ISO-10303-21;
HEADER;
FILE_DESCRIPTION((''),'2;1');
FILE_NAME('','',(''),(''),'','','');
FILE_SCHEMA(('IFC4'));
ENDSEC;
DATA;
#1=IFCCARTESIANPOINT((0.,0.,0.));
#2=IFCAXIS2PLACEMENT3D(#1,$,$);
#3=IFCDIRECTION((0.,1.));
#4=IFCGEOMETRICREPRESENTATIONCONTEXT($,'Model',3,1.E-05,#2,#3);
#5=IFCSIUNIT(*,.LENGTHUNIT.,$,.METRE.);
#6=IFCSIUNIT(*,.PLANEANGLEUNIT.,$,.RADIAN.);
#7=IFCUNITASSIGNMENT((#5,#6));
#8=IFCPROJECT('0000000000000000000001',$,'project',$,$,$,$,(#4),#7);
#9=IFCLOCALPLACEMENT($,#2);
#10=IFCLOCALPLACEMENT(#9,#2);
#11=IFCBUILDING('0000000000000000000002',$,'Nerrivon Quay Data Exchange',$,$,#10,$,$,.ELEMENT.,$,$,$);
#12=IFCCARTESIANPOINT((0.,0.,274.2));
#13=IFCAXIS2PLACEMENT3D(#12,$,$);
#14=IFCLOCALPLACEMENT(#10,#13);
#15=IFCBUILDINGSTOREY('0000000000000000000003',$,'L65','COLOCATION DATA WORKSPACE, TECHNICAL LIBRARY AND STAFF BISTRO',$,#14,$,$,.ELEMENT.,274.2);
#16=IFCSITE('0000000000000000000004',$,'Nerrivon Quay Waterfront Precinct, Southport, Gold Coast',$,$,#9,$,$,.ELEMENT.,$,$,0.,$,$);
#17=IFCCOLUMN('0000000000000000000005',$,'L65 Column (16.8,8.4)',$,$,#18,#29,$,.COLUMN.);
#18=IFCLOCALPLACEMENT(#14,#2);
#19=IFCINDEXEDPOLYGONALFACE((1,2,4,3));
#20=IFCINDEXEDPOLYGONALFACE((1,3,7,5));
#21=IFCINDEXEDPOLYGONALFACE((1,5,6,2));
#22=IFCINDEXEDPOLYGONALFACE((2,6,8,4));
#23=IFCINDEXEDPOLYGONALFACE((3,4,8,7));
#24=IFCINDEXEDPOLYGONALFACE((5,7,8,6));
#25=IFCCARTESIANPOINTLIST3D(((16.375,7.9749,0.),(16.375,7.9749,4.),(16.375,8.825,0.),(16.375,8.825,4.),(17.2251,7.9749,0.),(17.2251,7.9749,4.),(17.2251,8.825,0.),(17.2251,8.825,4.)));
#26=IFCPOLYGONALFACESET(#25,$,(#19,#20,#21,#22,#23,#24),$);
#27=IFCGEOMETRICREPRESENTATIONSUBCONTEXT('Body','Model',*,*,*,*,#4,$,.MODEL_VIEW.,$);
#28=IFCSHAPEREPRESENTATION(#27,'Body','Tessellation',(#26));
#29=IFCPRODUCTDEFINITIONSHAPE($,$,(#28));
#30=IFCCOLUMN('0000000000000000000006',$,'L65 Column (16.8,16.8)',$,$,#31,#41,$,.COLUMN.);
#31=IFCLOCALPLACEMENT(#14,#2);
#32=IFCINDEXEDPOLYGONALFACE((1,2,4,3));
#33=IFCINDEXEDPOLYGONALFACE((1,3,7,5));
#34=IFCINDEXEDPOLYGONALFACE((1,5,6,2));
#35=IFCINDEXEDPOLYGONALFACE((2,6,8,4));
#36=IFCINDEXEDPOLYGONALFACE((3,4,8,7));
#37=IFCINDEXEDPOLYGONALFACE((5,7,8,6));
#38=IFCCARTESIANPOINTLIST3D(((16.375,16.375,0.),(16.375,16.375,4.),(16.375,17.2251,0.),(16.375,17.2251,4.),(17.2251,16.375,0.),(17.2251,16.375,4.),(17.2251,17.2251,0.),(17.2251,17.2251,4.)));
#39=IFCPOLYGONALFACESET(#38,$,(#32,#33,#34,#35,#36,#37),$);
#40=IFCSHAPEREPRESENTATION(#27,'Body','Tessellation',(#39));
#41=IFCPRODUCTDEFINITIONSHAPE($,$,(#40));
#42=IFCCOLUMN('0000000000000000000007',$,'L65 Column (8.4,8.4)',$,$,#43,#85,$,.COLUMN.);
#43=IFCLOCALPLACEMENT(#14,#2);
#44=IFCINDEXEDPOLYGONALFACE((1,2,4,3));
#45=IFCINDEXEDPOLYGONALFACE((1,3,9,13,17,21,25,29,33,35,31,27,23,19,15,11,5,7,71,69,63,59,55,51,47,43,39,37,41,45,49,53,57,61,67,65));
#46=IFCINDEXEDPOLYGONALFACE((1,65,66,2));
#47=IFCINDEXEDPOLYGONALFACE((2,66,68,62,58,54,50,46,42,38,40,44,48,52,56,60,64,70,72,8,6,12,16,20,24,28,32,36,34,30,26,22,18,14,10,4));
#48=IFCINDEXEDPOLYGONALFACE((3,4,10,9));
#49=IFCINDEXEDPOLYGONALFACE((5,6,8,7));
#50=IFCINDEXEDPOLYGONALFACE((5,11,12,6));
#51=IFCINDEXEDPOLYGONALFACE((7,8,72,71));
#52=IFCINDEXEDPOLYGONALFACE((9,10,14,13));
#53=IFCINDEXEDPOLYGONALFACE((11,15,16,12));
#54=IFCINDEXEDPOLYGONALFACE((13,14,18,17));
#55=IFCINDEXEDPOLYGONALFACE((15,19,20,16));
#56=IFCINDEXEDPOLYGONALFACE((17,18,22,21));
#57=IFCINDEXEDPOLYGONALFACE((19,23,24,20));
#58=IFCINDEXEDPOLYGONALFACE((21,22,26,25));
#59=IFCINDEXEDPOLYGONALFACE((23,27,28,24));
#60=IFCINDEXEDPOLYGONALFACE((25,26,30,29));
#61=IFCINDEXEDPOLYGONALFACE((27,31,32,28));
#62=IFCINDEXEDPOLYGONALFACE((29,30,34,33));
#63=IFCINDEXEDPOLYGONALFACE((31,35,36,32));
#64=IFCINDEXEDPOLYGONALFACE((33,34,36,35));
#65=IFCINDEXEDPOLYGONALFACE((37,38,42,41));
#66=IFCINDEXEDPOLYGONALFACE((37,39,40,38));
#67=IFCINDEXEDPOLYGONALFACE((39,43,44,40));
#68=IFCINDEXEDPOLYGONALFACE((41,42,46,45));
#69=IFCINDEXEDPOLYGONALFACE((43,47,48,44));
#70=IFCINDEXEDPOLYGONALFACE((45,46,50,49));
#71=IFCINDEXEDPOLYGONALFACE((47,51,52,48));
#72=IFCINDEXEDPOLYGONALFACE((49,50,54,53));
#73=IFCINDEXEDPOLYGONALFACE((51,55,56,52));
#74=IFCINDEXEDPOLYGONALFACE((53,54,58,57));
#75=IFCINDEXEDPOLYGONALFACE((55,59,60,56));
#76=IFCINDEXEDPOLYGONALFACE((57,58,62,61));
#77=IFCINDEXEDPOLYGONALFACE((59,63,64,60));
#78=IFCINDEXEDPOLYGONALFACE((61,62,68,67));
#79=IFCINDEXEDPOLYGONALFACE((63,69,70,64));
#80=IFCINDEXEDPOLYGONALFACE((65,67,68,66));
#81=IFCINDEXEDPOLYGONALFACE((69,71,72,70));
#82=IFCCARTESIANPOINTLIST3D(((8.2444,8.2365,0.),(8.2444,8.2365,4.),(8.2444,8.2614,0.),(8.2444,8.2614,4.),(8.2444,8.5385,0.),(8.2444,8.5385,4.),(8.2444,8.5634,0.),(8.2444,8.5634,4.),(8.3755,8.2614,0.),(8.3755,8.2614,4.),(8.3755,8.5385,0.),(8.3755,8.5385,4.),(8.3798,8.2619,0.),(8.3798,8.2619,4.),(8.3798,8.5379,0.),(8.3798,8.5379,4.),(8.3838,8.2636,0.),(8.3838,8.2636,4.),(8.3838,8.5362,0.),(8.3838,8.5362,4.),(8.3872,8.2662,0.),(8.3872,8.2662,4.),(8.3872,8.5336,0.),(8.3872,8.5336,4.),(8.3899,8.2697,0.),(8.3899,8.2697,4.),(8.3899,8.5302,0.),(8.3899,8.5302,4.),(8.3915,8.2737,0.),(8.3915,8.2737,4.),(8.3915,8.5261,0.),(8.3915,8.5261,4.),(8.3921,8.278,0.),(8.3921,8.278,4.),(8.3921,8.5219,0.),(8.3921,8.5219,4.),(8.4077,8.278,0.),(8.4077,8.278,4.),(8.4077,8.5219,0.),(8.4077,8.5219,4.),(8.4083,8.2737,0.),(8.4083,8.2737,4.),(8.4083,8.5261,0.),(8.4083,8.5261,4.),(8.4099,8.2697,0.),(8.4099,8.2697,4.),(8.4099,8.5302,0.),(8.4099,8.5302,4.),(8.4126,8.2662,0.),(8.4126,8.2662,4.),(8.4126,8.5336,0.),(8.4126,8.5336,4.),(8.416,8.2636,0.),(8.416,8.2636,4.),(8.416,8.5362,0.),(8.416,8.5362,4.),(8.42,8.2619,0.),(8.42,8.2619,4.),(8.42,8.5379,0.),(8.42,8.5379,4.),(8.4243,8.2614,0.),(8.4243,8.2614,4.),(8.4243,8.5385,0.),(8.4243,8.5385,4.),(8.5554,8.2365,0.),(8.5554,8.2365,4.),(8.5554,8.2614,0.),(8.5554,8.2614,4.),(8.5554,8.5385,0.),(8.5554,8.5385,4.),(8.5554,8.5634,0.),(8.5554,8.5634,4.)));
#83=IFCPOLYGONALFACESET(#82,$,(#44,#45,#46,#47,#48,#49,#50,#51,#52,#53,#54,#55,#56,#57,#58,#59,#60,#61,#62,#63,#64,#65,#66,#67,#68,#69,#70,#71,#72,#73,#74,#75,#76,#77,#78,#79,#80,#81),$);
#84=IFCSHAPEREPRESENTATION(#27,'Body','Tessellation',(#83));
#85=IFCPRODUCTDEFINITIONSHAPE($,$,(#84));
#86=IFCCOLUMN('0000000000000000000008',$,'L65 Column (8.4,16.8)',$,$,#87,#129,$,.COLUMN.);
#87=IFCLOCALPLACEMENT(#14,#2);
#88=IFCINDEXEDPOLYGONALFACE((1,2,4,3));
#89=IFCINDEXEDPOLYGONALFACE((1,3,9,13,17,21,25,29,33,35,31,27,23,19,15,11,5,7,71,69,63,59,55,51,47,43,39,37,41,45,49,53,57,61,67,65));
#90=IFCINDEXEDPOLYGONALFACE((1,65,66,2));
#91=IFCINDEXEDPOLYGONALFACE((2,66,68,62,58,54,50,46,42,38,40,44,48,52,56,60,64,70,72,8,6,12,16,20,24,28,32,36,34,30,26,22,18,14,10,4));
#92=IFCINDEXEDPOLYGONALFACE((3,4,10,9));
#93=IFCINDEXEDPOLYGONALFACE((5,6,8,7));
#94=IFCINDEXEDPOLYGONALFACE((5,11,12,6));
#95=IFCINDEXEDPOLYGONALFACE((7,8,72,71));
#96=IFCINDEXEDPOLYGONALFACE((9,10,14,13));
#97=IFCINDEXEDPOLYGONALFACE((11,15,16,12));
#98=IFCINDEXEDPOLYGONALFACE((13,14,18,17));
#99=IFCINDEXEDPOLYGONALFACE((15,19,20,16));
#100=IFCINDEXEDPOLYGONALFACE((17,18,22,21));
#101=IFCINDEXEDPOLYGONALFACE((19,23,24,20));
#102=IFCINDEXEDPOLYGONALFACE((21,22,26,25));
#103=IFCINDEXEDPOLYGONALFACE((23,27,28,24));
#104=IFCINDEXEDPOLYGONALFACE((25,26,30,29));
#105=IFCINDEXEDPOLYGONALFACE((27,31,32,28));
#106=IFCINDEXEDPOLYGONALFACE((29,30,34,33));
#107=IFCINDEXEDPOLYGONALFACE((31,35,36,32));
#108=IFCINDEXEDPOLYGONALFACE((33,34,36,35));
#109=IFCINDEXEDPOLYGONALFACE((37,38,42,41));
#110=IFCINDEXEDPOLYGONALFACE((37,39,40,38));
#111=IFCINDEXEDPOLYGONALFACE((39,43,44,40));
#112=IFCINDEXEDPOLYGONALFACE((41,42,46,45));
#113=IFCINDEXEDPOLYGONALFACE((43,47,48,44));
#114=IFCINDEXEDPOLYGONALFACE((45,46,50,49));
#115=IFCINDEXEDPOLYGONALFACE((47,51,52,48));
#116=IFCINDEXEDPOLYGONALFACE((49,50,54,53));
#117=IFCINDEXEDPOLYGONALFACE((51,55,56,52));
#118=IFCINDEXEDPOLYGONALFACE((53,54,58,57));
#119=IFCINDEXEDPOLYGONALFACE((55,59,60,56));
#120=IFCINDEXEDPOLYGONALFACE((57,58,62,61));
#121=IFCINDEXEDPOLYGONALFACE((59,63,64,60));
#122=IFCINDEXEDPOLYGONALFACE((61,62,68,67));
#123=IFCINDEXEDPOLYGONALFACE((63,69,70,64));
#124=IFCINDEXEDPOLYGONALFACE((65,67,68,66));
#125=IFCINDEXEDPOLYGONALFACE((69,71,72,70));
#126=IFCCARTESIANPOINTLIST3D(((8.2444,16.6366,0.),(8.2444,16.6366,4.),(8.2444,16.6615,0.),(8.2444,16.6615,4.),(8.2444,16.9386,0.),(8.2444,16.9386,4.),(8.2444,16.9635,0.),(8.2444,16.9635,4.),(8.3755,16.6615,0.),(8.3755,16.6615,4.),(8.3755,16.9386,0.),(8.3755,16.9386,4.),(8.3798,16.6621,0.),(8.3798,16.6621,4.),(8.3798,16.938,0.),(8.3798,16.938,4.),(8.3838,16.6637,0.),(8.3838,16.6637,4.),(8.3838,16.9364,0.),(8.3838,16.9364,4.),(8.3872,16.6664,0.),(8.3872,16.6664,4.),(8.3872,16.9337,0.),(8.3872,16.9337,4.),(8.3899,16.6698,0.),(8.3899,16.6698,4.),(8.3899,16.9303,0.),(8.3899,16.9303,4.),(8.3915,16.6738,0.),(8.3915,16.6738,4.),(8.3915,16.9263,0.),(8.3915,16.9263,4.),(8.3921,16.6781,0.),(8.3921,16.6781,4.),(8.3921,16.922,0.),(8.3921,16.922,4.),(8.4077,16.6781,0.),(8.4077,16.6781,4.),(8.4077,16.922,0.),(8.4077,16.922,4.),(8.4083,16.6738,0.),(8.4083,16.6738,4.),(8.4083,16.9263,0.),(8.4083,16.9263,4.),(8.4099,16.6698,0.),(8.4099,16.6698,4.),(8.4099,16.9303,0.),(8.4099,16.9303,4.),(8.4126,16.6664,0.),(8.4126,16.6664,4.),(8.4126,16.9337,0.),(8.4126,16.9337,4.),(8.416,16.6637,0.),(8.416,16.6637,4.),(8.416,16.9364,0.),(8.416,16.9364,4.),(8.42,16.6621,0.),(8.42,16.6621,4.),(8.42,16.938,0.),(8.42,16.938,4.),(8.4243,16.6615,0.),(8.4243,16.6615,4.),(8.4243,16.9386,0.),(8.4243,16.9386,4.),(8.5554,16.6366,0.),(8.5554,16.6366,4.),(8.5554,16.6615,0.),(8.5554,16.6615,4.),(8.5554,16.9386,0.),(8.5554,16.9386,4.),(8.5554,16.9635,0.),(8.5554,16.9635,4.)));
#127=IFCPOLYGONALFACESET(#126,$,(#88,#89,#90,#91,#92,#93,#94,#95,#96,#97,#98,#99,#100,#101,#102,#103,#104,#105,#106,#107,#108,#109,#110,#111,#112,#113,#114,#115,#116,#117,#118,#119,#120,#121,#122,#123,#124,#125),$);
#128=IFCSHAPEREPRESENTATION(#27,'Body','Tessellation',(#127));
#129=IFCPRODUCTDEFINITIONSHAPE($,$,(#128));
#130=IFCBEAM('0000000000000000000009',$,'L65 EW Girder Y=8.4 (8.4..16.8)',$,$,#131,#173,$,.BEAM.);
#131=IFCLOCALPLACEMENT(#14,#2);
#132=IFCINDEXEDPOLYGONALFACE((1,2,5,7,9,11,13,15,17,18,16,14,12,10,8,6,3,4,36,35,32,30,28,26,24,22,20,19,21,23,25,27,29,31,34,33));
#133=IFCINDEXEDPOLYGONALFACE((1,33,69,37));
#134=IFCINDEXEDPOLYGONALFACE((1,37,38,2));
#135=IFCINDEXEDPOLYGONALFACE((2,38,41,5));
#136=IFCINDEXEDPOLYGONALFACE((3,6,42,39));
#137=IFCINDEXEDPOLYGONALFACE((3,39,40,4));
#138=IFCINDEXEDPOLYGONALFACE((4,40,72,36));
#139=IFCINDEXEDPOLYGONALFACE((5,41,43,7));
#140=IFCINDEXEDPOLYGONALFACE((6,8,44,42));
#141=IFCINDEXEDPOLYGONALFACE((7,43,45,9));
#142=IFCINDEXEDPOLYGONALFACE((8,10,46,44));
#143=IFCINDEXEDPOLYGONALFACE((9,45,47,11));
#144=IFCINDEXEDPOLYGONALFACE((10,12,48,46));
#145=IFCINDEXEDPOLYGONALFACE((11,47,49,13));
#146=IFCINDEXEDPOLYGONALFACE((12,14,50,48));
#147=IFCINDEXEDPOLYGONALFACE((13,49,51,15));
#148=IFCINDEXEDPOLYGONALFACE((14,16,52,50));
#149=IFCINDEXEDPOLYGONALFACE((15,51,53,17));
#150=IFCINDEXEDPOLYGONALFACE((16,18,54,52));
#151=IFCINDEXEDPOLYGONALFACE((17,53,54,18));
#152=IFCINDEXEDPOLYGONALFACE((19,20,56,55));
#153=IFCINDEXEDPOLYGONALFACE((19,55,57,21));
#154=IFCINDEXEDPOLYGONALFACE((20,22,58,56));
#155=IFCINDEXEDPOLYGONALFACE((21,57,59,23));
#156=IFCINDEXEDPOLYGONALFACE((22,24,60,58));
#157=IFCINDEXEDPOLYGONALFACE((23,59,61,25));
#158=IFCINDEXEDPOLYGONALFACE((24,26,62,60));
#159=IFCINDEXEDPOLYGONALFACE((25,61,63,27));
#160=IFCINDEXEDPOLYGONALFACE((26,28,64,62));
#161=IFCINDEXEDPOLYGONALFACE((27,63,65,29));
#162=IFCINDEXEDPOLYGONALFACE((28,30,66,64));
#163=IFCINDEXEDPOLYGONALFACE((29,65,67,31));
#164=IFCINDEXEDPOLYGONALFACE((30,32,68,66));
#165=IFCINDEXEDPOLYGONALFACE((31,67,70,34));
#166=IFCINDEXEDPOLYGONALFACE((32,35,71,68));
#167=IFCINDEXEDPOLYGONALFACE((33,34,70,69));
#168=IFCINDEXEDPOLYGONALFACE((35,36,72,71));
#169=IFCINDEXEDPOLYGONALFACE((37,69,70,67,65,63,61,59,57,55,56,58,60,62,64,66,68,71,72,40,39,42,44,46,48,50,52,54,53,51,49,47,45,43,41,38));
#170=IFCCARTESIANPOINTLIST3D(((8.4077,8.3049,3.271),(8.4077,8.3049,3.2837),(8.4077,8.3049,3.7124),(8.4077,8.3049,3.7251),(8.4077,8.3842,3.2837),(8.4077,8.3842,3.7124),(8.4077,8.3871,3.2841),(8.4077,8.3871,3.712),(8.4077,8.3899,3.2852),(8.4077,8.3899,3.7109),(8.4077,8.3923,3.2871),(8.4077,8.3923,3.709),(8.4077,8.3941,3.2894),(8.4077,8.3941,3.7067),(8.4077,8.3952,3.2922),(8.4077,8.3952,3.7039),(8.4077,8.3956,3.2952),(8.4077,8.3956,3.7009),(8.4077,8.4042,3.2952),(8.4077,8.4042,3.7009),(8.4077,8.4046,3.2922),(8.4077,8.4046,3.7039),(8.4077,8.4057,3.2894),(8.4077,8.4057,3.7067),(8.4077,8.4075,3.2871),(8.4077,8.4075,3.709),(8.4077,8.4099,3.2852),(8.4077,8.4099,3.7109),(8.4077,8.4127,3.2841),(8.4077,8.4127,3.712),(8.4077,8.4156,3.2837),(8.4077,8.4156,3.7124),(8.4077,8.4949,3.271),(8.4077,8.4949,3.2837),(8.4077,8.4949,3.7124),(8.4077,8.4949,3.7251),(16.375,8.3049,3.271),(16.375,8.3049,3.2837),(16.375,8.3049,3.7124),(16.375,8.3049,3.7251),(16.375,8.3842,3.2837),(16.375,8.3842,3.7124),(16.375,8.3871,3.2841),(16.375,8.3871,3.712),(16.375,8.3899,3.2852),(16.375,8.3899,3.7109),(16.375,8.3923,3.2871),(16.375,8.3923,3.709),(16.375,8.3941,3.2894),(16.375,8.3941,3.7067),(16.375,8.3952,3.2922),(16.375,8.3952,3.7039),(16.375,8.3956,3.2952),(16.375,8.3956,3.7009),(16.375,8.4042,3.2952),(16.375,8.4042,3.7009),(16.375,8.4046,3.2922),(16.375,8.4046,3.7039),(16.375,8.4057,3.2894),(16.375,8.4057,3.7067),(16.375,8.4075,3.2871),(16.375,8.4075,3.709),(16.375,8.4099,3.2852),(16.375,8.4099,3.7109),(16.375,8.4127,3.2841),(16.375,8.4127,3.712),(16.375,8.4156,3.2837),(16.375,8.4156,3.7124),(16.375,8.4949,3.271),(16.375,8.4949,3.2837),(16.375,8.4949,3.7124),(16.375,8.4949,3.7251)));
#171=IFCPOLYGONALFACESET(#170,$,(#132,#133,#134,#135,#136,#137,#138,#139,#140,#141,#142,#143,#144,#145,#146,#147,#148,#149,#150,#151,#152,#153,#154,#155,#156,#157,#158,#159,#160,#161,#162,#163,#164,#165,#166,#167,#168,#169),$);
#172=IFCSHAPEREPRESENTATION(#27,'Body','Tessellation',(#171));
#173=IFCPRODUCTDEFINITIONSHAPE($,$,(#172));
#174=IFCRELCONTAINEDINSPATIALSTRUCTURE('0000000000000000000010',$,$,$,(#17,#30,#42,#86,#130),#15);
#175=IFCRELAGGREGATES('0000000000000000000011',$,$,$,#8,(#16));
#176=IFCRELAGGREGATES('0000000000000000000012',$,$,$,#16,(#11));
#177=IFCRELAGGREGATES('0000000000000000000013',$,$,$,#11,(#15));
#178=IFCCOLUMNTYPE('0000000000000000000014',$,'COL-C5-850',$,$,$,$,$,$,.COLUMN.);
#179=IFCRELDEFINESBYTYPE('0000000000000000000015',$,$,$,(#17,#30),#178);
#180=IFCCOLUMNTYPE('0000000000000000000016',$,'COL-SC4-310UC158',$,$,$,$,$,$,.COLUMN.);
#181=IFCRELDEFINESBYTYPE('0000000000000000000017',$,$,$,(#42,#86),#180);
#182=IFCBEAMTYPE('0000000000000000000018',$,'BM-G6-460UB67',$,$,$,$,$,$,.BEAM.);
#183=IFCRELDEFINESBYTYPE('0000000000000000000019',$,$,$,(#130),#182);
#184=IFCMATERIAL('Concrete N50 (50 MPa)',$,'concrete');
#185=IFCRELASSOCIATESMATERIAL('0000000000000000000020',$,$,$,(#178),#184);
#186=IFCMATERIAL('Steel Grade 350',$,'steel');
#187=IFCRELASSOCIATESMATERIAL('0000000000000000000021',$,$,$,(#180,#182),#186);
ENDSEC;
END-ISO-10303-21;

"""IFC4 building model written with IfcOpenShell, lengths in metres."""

from ifc_helpers import new_model, si_unit, direction, frame, origin, origin_2d, place, context, subcontext, project, spatial, rectangle, i_section, extrude, material, material_profile, profile_set, type_object, element, save


model = new_model("IFC4")

# Units and contexts
model_context = context("Model", 3, precision=1e-05, world=origin(), true_north=direction((0.0, 1.0)))
body_context = subcontext(model_context, "Body", "Model", "MODEL_VIEW")
ifc_project = project(units=[si_unit("LENGTHUNIT", "METRE"), si_unit("PLANEANGLEUNIT", "RADIAN")], contexts=[model_context])

# Site, building, storey
site_placement = place(None, origin())
site = spatial("IfcSite", under=ifc_project, at=site_placement, Name="Nerrivon Quay Waterfront Precinct, Southport, Gold Coast", CompositionType="ELEMENT", RefElevation=0.0)
building_placement = place(site_placement, origin())
building = spatial("IfcBuilding", under=site, at=building_placement, Name="Nerrivon Quay Data Exchange", CompositionType="ELEMENT")
storey_placement = place(building_placement, frame((0.0, 0.0, 274.2)))
storey = spatial("IfcBuildingStorey", under=building, at=storey_placement, Name="L65", Description="COLOCATION DATA WORKSPACE, TECHNICAL LIBRARY AND STAFF BISTRO", CompositionType="ELEMENT", Elevation=274.2)

# Columns
ifc_material_1 = material(Name="Concrete N50 (50 MPa)", Category="concrete")
ifc_material_profile_1 = material_profile(ifc_material_1, rectangle(XDim=0.8501, YDim=0.8501, at=origin_2d()), Name="RC-COL-850x850")
ifc_profile_set_1 = profile_set([ifc_material_profile_1], Name="Concrete N50 (50 MPa)")
column_type_1 = type_object("IfcColumnType", Name="COL-C5-850", PredefinedType="COLUMN", material=ifc_profile_set_1)
for number, where, z_axis, x_axis, name in (
    (1, (16.8, 8.3999, 0.0), (0.0, 0.0, 1.0), (1.0, 0.0, 0.0), "L65 Column (16.8,8.4)"),
    (2, (16.8, 16.8, 0.0), (0.0, 0.0, 1.0), (1.0, 0.0, 0.0), "L65 Column (16.8,16.8)"),
):
    element("IfcColumn", number, at=place(storey_placement, frame(where, z_axis=z_axis, x_axis=x_axis)), inside=storey, type_object=column_type_1, Name=name, PredefinedType="COLUMN", context=body_context, shape_type="SweptSolid", body=[
        extrude(rectangle(XDim=0.8501, YDim=0.8501, at=origin_2d()), origin(), (0.0, 0.0, 1.0), 4.0),
    ])
ifc_material_2 = material(Name="Steel Grade 350", Category="steel")
ifc_material_profile_2 = material_profile(ifc_material_2, i_section(OverallWidth=0.311, OverallDepth=0.3269, WebThickness=0.0156, FlangeThickness=0.0249, FilletRadius=0.0166, at=origin_2d()), Name="310UC158")
ifc_profile_set_2 = profile_set([ifc_material_profile_2], Name="Steel Grade 350")
column_type_2 = type_object("IfcColumnType", Name="COL-SC4-310UC158", PredefinedType="COLUMN", material=ifc_profile_set_2)
for number, where, z_axis, x_axis, name in (
    (3, (8.3999, 8.3999, 0.0), (0.0, 0.0, 1.0), (1.0, 0.0, 0.0), "L65 Column (8.4,8.4)"),
    (4, (8.3999, 16.8, 0.0), (0.0, 0.0, 1.0), (1.0, 0.0, 0.0), "L65 Column (8.4,16.8)"),
):
    element("IfcColumn", number, at=place(storey_placement, frame(where, z_axis=z_axis, x_axis=x_axis)), inside=storey, type_object=column_type_2, Name=name, PredefinedType="COLUMN", context=body_context, shape_type="SweptSolid", body=[
        extrude(i_section(OverallWidth=0.311, OverallDepth=0.3269, WebThickness=0.0156, FlangeThickness=0.0249, FilletRadius=0.0166, at=origin_2d()), origin(), (0.0, 0.0, 1.0), 4.0),
    ])

# Beam
ifc_material_profile_3 = material_profile(ifc_material_2, i_section(OverallWidth=0.1899, OverallDepth=0.4541, WebThickness=0.0085, FlangeThickness=0.0127, FilletRadius=0.0115, at=origin_2d()), Name="460UB67.1")
ifc_profile_set_3 = profile_set([ifc_material_profile_3], Name="Steel Grade 350")
beam_type_1 = type_object("IfcBeamType", Name="BM-G6-460UB67", PredefinedType="BEAM", material=ifc_profile_set_3)
for number, where, z_axis, x_axis, name in (
    (5, (8.4077, 8.3999, 3.498), (1.0, 0.0, 0.0), (0.0, 1.0, 0.0), "L65 EW Girder Y=8.4 (8.4..16.8)"),
):
    element("IfcBeam", number, at=place(storey_placement, frame(where, z_axis=z_axis, x_axis=x_axis)), inside=storey, type_object=beam_type_1, Name=name, PredefinedType="BEAM", context=body_context, shape_type="SweptSolid", body=[
        extrude(i_section(OverallWidth=0.1899, OverallDepth=0.4541, WebThickness=0.0085, FlangeThickness=0.0127, FilletRadius=0.0115, at=origin_2d()), origin(), (0.0, 0.0, 1.0), 7.9673),
    ])

save(model, "model.ifc")
